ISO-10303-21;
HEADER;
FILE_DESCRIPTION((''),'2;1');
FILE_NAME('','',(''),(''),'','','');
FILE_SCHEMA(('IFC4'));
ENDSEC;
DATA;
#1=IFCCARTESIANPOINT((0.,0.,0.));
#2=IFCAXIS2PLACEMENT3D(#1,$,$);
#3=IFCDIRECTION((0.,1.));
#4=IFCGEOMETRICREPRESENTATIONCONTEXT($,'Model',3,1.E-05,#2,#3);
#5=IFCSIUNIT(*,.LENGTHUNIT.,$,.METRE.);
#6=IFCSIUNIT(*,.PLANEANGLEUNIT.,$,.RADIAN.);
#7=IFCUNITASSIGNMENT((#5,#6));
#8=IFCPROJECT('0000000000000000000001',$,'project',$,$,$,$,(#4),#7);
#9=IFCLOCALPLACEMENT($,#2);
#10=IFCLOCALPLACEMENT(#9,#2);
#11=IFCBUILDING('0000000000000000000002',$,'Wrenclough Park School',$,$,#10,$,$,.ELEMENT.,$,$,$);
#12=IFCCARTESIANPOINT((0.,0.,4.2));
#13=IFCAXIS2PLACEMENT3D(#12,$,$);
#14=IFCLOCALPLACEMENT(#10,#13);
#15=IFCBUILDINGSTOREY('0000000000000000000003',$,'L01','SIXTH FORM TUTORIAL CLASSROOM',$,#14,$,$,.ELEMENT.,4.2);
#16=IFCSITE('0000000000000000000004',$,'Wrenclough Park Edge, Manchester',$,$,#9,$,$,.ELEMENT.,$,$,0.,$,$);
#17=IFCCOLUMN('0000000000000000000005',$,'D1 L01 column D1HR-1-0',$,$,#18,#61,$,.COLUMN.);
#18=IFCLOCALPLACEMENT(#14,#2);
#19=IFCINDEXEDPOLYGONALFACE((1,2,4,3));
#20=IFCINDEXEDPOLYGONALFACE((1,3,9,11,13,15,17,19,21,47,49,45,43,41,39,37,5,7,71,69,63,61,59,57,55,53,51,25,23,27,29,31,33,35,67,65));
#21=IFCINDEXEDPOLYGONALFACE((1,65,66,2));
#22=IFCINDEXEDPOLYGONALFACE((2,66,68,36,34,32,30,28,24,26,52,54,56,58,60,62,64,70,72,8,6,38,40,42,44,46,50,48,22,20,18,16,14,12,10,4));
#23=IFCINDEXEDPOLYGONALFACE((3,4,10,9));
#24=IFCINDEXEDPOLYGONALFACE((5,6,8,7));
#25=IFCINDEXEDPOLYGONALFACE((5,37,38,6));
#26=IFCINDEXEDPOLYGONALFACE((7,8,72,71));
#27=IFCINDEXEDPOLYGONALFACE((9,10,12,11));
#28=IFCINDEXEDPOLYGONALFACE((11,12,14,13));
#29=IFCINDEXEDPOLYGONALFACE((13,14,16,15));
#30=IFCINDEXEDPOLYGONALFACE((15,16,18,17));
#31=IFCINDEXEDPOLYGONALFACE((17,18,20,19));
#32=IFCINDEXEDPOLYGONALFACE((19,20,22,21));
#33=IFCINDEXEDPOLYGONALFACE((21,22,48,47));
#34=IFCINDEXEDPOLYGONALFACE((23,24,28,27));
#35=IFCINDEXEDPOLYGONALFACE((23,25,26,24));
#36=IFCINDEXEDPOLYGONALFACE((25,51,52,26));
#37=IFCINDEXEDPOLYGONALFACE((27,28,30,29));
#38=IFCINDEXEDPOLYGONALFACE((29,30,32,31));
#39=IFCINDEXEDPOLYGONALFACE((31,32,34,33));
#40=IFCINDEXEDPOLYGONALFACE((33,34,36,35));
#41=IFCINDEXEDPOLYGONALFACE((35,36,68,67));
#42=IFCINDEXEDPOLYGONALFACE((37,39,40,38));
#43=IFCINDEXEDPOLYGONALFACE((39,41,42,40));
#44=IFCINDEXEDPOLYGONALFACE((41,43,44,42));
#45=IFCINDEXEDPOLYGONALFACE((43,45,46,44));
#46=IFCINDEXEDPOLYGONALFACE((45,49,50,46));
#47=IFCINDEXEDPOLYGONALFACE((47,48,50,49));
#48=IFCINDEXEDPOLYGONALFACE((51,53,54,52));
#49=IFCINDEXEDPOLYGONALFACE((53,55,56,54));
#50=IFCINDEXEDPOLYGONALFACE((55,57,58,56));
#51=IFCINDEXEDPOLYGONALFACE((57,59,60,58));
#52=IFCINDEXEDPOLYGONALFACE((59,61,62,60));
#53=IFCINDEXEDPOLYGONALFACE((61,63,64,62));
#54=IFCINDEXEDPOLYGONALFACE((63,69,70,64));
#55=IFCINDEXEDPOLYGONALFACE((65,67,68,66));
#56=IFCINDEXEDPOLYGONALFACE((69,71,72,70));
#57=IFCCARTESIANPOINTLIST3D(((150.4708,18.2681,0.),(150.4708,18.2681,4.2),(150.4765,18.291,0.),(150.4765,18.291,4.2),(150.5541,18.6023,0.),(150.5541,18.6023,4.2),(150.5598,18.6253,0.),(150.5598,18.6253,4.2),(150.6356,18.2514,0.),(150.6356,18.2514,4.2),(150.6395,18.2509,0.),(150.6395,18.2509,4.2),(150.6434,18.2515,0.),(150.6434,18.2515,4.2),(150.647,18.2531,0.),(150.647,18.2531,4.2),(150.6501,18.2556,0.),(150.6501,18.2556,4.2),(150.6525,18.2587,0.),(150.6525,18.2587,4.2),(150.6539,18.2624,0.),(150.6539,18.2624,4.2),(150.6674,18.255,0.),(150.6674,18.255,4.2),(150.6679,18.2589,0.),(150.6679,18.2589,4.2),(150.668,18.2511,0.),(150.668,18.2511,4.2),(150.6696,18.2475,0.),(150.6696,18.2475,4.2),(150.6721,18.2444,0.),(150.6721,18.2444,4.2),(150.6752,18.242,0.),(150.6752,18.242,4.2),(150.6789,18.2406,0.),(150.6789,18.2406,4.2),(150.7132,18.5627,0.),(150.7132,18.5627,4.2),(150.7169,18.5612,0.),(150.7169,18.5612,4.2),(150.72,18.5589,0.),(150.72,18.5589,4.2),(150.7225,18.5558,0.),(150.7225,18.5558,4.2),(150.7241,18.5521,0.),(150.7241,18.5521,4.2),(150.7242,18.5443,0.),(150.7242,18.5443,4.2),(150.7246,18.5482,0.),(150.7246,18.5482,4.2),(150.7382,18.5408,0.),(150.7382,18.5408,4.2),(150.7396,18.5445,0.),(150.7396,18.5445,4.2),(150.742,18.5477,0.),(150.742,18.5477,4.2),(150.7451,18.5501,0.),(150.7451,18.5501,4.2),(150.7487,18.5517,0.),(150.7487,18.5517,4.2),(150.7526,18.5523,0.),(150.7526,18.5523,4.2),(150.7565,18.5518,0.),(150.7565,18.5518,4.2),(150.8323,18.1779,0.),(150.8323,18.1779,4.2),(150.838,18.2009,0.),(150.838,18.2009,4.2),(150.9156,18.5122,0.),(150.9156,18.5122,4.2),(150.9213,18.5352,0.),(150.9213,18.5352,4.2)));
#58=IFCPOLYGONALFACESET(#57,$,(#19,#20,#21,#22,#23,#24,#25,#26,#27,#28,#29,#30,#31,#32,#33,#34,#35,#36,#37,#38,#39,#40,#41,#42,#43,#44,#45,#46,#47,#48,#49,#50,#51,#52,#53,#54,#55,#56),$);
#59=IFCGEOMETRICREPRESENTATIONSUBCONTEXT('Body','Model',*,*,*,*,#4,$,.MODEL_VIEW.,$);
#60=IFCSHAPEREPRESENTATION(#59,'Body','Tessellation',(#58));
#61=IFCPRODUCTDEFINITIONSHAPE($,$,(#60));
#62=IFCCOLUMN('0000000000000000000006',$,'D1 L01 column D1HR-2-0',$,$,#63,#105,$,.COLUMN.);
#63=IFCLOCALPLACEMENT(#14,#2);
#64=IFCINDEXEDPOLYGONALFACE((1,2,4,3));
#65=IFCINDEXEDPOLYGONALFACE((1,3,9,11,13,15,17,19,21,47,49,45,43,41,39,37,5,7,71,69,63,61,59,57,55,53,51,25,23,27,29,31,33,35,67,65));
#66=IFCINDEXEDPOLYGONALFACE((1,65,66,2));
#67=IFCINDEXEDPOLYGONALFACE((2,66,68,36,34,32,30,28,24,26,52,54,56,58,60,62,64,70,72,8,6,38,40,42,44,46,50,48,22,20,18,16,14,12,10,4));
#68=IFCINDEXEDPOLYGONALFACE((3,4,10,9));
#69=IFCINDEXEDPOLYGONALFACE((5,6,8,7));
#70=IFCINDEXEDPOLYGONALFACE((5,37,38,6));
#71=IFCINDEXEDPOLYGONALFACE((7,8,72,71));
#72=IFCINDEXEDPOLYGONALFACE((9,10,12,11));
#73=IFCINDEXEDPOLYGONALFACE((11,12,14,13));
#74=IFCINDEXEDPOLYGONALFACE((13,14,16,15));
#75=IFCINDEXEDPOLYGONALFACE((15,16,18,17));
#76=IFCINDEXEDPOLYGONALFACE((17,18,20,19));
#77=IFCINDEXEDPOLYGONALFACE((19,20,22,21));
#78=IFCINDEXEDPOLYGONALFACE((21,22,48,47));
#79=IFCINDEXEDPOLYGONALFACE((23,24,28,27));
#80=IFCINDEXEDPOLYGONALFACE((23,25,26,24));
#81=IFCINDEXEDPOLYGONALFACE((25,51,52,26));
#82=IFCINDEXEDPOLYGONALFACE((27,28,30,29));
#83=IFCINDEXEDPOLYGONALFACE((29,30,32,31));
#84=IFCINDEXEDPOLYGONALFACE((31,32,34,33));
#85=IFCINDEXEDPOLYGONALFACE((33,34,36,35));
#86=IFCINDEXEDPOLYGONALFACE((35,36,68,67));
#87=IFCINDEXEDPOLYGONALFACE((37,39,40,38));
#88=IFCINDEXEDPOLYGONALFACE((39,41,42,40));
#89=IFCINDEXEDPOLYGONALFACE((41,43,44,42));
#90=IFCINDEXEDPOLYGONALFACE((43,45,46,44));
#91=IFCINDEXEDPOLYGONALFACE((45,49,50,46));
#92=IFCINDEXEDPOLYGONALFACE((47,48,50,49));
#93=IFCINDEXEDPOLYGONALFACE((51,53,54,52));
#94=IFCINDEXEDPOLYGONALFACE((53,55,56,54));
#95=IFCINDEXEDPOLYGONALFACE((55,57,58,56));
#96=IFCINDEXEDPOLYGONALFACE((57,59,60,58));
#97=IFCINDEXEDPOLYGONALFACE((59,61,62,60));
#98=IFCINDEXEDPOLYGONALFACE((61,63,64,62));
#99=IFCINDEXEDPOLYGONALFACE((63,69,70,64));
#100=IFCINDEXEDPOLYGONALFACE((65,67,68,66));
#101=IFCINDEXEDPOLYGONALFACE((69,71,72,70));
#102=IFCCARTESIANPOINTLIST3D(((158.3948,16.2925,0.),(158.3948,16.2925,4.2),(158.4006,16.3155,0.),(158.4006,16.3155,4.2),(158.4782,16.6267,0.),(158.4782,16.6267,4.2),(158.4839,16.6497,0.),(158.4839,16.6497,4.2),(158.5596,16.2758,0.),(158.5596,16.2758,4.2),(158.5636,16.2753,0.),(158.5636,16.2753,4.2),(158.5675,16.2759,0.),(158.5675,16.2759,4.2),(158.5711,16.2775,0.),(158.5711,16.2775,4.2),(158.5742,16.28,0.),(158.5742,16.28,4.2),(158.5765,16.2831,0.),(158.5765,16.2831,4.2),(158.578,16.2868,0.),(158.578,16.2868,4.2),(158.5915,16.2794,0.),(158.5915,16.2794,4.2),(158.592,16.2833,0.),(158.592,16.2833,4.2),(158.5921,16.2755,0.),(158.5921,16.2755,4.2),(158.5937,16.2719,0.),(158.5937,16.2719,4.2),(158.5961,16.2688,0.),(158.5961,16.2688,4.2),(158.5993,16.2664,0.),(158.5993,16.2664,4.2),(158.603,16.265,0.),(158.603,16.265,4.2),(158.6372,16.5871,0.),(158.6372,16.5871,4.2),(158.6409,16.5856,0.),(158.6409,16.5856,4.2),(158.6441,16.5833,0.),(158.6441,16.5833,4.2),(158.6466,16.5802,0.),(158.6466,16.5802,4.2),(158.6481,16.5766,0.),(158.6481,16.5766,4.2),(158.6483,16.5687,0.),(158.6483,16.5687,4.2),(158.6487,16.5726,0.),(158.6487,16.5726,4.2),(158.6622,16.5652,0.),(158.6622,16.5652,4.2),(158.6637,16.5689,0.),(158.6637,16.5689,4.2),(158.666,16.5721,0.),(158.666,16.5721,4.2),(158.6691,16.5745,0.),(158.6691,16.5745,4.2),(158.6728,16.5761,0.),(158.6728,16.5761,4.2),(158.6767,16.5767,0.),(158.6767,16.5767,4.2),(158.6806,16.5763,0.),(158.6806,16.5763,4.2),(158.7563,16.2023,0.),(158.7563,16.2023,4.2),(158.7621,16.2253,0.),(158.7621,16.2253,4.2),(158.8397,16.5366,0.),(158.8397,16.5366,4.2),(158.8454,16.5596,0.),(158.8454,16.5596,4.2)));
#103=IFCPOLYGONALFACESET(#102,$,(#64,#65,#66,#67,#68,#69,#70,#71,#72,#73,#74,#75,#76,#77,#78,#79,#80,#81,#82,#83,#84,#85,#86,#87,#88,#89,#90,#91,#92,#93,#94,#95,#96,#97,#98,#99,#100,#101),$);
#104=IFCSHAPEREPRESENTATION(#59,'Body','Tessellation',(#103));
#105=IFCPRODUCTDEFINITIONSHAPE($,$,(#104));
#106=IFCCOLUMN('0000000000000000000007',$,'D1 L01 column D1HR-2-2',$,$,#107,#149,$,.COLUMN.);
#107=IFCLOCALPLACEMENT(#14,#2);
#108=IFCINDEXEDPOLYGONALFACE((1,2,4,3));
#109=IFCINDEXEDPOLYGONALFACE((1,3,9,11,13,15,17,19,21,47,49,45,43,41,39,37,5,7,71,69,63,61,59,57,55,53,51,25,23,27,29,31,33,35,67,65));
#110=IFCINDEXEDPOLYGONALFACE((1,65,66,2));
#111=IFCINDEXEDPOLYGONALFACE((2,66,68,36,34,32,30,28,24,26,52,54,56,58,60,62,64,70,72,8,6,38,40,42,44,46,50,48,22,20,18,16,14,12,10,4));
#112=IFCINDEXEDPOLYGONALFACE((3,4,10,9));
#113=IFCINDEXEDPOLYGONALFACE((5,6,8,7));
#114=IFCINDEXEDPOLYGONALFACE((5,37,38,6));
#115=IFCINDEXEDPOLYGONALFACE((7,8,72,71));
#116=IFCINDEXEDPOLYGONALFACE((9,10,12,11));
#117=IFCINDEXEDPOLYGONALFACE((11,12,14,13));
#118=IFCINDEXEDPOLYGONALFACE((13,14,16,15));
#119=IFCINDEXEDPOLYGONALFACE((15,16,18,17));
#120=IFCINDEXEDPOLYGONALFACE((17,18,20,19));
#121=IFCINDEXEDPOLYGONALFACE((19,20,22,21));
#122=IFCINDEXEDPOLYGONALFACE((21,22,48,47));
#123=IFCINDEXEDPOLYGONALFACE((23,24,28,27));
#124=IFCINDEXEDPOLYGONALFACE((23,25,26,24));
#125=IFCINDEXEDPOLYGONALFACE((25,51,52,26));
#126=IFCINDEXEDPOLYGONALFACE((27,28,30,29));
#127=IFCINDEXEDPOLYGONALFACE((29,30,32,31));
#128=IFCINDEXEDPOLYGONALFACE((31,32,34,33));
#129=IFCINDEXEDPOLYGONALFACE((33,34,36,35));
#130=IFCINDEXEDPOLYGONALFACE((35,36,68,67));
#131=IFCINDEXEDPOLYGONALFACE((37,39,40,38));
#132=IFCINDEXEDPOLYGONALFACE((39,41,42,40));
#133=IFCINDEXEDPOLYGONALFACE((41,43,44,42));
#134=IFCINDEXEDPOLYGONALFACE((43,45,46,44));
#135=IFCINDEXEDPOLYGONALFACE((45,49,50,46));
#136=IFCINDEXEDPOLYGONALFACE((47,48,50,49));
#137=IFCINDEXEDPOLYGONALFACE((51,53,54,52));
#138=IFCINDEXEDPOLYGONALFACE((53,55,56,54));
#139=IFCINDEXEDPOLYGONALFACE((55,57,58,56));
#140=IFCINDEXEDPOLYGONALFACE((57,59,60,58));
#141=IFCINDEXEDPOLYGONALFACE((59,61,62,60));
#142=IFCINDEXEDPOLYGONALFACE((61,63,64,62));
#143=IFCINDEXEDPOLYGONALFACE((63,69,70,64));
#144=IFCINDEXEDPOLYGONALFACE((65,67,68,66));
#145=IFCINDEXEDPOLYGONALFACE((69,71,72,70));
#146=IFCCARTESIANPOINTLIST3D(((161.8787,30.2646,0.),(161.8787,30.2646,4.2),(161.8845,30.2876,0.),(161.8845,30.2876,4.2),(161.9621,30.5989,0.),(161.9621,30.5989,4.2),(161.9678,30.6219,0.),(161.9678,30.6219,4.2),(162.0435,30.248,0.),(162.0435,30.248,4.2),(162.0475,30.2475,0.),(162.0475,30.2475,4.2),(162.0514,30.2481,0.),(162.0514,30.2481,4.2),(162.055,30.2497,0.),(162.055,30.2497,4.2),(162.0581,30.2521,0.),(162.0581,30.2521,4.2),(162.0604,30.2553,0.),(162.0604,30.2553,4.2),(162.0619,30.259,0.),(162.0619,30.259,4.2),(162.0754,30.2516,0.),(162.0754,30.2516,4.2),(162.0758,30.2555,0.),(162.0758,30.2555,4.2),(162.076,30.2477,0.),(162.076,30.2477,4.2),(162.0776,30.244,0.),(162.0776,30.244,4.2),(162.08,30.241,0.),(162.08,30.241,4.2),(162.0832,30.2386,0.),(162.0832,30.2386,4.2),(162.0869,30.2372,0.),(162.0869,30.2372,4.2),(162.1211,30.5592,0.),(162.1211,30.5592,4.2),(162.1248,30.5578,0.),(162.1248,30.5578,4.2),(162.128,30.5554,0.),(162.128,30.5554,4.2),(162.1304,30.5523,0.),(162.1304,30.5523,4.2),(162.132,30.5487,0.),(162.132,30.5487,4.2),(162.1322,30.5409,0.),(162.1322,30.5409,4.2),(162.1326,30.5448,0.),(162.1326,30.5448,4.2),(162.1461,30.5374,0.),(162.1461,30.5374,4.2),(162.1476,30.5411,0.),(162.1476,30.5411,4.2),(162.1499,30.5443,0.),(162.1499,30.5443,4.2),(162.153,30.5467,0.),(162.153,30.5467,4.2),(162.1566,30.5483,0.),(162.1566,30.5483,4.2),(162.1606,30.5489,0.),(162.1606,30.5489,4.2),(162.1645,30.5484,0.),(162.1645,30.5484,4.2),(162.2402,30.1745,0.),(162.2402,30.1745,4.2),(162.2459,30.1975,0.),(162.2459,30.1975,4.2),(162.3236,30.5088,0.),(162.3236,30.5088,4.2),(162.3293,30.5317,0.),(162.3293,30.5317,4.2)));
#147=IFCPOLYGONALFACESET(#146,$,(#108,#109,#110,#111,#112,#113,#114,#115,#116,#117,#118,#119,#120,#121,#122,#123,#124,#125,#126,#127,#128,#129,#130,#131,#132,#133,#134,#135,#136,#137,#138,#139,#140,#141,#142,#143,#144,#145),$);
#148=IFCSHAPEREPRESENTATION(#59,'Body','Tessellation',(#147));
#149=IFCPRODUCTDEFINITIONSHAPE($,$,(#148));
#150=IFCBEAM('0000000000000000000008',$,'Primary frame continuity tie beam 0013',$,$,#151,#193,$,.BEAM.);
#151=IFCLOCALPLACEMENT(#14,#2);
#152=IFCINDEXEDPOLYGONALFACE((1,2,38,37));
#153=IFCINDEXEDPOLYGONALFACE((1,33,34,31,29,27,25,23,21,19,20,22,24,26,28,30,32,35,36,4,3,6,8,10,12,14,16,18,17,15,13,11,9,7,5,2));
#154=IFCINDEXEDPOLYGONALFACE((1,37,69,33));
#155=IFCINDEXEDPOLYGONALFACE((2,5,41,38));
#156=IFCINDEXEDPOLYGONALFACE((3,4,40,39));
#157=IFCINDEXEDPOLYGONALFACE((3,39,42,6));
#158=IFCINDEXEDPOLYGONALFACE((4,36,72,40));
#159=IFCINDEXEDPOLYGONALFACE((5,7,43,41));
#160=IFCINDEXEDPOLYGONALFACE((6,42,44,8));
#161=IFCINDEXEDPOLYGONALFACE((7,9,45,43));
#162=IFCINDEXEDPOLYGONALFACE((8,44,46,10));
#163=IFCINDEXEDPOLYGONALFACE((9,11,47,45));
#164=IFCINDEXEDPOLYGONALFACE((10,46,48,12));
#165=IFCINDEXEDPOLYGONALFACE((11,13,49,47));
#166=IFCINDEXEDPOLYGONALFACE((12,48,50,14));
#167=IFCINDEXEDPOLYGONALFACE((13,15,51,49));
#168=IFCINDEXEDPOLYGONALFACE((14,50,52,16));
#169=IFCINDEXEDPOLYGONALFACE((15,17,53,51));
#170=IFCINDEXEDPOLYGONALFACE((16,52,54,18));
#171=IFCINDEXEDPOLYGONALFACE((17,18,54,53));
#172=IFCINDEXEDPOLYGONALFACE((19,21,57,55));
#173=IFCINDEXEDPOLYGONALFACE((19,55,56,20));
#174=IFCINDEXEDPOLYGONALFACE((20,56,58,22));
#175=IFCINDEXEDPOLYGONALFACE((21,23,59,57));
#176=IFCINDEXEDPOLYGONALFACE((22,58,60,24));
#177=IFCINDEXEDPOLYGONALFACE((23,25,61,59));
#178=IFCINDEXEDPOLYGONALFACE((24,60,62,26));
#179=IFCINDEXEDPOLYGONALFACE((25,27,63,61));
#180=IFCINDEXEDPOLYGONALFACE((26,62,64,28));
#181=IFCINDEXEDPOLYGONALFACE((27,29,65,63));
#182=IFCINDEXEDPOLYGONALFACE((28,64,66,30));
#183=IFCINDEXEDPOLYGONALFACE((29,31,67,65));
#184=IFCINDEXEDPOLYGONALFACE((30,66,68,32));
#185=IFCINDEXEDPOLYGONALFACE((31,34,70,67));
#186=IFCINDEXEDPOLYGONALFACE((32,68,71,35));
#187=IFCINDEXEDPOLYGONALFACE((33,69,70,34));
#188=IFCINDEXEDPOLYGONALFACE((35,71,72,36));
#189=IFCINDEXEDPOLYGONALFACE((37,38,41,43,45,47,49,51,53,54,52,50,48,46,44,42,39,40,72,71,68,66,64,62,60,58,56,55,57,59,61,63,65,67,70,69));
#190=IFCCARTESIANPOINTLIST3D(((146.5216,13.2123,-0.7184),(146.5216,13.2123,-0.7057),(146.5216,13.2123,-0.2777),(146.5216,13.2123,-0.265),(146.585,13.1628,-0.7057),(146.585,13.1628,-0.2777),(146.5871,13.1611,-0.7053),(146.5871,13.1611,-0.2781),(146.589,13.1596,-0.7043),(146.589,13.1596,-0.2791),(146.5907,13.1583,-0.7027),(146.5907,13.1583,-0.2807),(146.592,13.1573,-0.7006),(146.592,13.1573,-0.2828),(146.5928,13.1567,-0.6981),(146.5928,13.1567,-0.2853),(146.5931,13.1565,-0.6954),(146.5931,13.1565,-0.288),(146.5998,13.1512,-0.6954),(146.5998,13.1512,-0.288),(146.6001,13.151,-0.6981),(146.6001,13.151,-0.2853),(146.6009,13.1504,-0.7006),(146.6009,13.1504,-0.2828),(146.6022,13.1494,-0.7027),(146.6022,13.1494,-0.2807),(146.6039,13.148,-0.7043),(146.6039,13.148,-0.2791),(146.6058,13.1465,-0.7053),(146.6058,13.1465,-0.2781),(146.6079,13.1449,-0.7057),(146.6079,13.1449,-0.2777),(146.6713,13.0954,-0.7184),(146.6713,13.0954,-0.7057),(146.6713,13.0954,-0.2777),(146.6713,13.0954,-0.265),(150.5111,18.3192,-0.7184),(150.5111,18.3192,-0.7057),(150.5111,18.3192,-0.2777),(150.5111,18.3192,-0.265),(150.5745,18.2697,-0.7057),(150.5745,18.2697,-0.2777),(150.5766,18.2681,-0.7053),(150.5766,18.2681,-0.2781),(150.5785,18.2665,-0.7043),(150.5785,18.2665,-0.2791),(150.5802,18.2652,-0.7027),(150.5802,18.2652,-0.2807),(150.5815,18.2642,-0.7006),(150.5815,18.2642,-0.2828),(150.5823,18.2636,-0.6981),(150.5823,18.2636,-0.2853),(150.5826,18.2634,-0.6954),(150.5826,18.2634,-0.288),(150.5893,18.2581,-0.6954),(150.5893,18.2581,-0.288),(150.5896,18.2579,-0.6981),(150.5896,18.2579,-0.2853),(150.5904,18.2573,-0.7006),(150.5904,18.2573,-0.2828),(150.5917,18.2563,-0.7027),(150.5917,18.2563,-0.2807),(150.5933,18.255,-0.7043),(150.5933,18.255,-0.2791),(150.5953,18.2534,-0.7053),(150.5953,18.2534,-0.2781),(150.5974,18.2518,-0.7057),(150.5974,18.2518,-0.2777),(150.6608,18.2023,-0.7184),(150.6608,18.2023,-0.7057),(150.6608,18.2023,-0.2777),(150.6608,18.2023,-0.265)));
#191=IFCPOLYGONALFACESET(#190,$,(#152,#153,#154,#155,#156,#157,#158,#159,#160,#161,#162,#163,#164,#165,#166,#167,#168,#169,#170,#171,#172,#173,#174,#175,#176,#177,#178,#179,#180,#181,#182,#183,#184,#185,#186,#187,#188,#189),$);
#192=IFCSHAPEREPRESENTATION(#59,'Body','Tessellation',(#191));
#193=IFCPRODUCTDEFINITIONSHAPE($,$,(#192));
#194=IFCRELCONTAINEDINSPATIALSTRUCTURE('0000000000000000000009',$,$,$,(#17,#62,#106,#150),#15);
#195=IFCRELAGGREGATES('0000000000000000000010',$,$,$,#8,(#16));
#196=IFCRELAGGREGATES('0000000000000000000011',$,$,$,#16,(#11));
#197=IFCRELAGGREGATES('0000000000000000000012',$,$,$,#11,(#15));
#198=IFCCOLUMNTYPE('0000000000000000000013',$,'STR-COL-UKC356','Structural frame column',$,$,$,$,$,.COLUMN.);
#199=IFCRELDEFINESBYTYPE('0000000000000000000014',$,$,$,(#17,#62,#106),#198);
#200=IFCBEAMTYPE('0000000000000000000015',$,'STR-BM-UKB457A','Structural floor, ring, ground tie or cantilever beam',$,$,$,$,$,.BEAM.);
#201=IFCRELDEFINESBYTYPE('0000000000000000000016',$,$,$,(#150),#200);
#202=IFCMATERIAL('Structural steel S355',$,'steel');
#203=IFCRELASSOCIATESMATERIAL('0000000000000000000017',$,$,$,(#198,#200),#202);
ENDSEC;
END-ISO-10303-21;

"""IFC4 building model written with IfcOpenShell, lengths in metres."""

from ifc_helpers import new_model, si_unit, direction, frame, origin, origin_2d, place, context, subcontext, project, spatial, i_section, extrude, material, material_profile, profile_set, type_object, element, save


model = new_model("IFC4")

# Units and contexts
model_context = context("Model", 3, precision=1e-05, world=origin(), true_north=direction((0.0, 1.0)))
body_context = subcontext(model_context, "Body", "Model", "MODEL_VIEW")
ifc_project = project(units=[si_unit("LENGTHUNIT", "METRE"), si_unit("PLANEANGLEUNIT", "RADIAN")], contexts=[model_context])

# Site, building, storey
site_placement = place(None, origin())
site = spatial("IfcSite", under=ifc_project, at=site_placement, Name="Wrenclough Park Edge, Manchester", CompositionType="ELEMENT", RefElevation=0.0)
building_placement = place(site_placement, origin())
building = spatial("IfcBuilding", under=site, at=building_placement, Name="Wrenclough Park School", CompositionType="ELEMENT")
storey_placement = place(building_placement, frame((0.0, 0.0, 4.2)))
storey = spatial("IfcBuildingStorey", under=building, at=storey_placement, Name="L01", Description="SIXTH FORM TUTORIAL CLASSROOM", CompositionType="ELEMENT", Elevation=4.2)

# Columns
ifc_material_1 = material(Name="Structural steel S355", Category="steel")
ifc_material_profile_1 = material_profile(ifc_material_1, i_section(OverallWidth=0.3726, OverallDepth=0.3682, WebThickness=0.0144, FlangeThickness=0.0237, FilletRadius=0.0151, at=origin_2d()), Name="UKC 356x368x177")
ifc_profile_set_1 = profile_set([ifc_material_profile_1], Name="Structural steel S355")
column_type = type_object("IfcColumnType", Name="STR-COL-UKC356", Description="Structural frame column", PredefinedType="COLUMN", material=ifc_profile_set_1)
for number, where, z_axis, x_axis, name in (
    (1, (150.696, 18.4016, 0.0), (0.0, 0.0, 1.0), (0.970296, -0.241922, 0.0), "D1 L01 column D1HR-1-0"),
    (2, (158.6201, 16.426, 0.0), (0.0, 0.0, 1.0), (0.970296, -0.241922, 0.0), "D1 L01 column D1HR-2-0"),
    (3, (162.104, 30.3982, 0.0), (0.0, 0.0, 1.0), (0.970296, -0.241922, 0.0), "D1 L01 column D1HR-2-2"),
):
    element("IfcColumn", number, at=place(storey_placement, frame(where, z_axis=z_axis, x_axis=x_axis)), inside=storey, type_object=column_type, Name=name, PredefinedType="COLUMN", context=body_context, shape_type="SweptSolid", body=[
        extrude(i_section(OverallWidth=0.3726, OverallDepth=0.3682, WebThickness=0.0144, FlangeThickness=0.0237, FilletRadius=0.0151, at=origin_2d()), origin(), (0.0, 0.0, 1.0), 4.2),
    ])

# Beam
ifc_material_profile_2 = material_profile(ifc_material_1, i_section(OverallWidth=0.1899, OverallDepth=0.4534, WebThickness=0.0085, FlangeThickness=0.0127, FilletRadius=0.0103, at=origin_2d()), Name="UKB 457x191x67")
ifc_profile_set_2 = profile_set([ifc_material_profile_2], Name="Structural steel S355")
beam_type_1 = type_object("IfcBeamType", Name="STR-BM-UKB457A", Description="Structural floor, ring, ground tie or cantilever beam", PredefinedType="BEAM", material=ifc_profile_set_2)
beam_1_placement = place(storey_placement, frame((150.5859, 18.2607, -0.4917), z_axis=(-0.615616, -0.788046, 0.0), x_axis=(0.788046, -0.615616, 0.0)))
element("IfcBeam", 4, at=beam_1_placement, inside=storey, type_object=beam_type_1, Name="Primary frame continuity tie beam 0013", PredefinedType="BEAM", context=body_context, shape_type="SweptSolid", body=[
    extrude(i_section(OverallWidth=0.1899, OverallDepth=0.4534, WebThickness=0.0085, FlangeThickness=0.0127, FilletRadius=0.0103, at=origin_2d()), origin(), (0.0, 0.0, 1.0), 6.4805),
])

save(model, "model.ifc")
